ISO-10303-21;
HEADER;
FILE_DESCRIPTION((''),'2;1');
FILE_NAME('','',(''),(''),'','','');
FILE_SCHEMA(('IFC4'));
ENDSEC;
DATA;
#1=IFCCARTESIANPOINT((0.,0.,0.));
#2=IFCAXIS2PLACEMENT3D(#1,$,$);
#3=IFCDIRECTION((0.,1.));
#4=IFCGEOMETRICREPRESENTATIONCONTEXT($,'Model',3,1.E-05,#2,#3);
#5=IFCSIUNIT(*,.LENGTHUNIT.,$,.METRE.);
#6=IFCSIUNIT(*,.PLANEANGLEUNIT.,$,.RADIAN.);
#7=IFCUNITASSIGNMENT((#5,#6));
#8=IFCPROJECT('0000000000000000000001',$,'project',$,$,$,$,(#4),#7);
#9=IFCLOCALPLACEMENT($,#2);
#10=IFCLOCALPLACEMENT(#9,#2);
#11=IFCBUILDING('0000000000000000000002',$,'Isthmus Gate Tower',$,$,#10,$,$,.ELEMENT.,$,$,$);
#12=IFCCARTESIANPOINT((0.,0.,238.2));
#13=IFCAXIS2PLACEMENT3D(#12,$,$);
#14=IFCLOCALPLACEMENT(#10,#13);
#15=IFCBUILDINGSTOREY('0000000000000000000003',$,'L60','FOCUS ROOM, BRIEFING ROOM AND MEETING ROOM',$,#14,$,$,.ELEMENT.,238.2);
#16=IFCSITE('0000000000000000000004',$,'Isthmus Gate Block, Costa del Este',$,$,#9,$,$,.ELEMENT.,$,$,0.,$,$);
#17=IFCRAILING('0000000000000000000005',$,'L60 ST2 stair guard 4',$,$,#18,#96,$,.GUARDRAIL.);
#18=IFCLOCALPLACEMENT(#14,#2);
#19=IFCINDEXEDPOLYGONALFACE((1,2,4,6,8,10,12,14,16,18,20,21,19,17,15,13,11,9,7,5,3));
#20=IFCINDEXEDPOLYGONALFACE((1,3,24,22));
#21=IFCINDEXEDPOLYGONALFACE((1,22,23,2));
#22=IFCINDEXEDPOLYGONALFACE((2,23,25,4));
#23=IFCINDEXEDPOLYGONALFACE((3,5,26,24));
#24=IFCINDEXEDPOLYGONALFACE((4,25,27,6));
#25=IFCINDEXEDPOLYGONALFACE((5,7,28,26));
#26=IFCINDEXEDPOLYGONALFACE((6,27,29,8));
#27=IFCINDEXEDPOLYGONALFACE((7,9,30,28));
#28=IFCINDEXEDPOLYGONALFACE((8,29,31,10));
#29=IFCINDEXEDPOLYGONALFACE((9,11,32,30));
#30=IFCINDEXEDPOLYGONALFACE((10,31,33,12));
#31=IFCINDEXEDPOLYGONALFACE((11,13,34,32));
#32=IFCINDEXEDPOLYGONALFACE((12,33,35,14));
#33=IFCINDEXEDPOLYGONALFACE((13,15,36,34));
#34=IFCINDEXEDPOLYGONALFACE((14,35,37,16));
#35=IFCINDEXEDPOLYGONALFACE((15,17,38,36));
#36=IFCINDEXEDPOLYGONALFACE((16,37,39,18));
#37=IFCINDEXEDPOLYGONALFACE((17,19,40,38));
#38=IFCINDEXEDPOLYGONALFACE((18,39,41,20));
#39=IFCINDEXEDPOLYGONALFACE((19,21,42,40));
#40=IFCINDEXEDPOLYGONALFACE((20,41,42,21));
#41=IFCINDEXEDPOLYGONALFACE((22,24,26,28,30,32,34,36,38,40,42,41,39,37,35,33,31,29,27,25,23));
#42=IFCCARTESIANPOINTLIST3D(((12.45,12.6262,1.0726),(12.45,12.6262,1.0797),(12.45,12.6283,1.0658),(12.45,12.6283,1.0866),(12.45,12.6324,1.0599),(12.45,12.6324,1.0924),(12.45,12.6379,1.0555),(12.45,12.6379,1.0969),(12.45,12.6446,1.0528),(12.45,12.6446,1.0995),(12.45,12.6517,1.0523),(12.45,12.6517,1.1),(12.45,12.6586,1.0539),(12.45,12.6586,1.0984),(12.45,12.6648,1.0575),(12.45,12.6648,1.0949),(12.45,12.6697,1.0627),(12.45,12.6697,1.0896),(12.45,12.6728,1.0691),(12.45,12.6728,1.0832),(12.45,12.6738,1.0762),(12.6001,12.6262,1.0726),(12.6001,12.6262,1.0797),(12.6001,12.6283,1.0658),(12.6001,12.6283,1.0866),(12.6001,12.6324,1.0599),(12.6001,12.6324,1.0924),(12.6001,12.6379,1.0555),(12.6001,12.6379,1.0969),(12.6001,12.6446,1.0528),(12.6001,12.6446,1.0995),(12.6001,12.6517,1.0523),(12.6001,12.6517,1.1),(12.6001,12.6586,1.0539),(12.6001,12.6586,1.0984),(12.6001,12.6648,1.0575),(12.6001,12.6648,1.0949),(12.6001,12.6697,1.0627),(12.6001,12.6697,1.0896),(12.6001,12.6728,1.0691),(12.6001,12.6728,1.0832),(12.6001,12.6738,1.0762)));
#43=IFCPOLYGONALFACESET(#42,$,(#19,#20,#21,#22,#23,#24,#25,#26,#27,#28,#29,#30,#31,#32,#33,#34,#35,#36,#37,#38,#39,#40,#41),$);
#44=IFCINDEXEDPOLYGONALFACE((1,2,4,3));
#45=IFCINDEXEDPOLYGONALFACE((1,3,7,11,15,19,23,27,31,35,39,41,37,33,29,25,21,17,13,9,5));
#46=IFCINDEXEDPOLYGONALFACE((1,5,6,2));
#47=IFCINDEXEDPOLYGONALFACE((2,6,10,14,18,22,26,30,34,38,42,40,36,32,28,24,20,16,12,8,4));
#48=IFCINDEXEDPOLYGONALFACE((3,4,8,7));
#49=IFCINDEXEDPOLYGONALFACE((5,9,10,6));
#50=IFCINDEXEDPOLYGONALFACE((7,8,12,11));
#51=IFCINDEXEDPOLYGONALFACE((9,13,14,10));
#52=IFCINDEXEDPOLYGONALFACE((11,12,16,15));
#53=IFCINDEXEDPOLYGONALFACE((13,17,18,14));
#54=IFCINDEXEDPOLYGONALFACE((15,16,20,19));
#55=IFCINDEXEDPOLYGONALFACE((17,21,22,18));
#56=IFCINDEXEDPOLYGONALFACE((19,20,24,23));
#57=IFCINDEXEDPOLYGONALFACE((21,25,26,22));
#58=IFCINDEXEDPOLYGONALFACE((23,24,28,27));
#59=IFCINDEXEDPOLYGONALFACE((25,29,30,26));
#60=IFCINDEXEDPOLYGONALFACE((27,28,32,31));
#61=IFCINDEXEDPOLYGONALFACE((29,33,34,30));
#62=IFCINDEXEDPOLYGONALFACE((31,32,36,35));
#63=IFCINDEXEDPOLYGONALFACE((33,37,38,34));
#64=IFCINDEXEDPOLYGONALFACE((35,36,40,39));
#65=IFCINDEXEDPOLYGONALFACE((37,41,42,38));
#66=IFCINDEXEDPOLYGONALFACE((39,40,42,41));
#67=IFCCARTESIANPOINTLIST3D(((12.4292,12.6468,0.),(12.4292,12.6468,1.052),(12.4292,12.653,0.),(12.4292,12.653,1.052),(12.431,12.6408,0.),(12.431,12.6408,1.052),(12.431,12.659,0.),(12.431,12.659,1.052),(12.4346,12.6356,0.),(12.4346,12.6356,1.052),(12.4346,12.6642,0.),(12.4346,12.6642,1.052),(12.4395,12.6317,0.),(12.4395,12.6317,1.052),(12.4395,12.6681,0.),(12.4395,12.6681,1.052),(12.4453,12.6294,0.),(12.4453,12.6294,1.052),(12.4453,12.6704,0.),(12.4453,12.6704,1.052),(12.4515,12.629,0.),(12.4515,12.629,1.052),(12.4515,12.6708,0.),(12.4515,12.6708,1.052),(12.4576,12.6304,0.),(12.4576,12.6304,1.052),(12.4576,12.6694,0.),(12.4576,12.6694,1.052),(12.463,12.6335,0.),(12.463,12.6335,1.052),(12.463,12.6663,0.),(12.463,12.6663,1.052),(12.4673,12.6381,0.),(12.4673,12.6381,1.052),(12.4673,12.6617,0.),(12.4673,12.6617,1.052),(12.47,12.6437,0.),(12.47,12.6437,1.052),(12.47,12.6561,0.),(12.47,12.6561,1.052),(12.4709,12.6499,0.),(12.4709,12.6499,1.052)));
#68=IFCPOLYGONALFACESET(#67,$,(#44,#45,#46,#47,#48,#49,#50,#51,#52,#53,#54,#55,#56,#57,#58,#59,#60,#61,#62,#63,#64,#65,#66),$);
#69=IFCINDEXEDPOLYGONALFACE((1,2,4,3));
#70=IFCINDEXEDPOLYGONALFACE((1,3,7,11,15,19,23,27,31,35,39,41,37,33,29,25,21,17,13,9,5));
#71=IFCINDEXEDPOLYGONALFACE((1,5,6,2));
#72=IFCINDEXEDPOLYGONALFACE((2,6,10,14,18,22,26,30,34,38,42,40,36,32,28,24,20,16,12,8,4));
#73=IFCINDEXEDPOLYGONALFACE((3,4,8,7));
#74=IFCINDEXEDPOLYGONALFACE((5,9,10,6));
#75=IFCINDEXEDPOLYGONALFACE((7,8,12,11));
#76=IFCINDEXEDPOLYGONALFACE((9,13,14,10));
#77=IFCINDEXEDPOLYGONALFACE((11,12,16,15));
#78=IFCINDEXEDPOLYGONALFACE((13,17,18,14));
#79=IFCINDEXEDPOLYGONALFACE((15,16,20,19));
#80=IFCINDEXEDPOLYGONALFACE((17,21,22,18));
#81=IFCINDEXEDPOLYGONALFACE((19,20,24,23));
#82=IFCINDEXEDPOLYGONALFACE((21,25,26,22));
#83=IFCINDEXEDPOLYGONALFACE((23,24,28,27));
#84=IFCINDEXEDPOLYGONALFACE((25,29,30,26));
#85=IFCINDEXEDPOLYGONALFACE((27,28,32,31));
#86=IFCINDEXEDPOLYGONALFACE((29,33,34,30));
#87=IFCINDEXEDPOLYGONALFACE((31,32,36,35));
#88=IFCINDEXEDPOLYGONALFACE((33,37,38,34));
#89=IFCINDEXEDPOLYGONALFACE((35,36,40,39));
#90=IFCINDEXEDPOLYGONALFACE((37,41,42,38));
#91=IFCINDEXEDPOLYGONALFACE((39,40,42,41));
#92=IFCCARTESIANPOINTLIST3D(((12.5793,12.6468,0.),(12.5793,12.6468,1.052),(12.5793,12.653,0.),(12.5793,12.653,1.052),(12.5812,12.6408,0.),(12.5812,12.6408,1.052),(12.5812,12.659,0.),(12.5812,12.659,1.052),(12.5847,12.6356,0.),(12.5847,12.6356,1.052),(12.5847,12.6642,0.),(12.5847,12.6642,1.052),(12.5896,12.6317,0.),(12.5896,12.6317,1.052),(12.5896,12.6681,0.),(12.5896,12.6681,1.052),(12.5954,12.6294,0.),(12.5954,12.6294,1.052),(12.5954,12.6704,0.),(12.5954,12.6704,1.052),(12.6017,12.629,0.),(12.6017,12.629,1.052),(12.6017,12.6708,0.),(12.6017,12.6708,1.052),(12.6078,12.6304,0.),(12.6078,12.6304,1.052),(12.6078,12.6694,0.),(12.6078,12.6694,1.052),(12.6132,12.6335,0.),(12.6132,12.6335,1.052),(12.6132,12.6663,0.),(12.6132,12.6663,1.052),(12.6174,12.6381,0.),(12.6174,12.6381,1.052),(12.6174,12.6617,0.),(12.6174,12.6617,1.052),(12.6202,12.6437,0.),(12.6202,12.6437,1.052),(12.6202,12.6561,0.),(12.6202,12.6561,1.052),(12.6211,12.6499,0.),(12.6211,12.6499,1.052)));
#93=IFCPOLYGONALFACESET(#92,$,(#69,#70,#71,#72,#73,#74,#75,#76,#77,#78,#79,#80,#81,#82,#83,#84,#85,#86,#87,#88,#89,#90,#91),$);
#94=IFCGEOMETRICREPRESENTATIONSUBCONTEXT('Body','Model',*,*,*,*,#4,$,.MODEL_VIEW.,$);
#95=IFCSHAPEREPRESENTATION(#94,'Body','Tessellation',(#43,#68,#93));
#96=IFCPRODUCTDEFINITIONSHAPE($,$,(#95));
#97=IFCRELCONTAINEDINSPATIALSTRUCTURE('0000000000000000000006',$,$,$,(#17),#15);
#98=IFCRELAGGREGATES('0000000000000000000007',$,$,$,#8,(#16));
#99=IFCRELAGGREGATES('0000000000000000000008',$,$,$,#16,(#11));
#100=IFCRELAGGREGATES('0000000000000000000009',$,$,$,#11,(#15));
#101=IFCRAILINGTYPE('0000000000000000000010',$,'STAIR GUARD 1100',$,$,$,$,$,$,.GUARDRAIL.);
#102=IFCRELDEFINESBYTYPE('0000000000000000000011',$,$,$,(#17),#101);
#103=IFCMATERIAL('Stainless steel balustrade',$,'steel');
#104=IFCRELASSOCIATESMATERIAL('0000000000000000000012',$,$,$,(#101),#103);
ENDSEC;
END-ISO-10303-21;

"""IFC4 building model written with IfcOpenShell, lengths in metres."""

from ifc_helpers import new_model, si_unit, direction, frame, origin, origin_2d, place, context, subcontext, project, spatial, circle, extrude, material, type_object, element, save


model = new_model("IFC4")

# Units and contexts
model_context = context("Model", 3, precision=1e-05, world=origin(), true_north=direction((0.0, 1.0)))
body_context = subcontext(model_context, "Body", "Model", "MODEL_VIEW")
ifc_project = project(units=[si_unit("LENGTHUNIT", "METRE"), si_unit("PLANEANGLEUNIT", "RADIAN")], contexts=[model_context])

# Site, building, storey
site_placement = place(None, origin())
site = spatial("IfcSite", under=ifc_project, at=site_placement, Name="Isthmus Gate Block, Costa del Este", CompositionType="ELEMENT", RefElevation=0.0)
building_placement = place(site_placement, origin())
building = spatial("IfcBuilding", under=site, at=building_placement, Name="Isthmus Gate Tower", CompositionType="ELEMENT")
storey_placement = place(building_placement, frame((0.0, 0.0, 238.2)))
storey = spatial("IfcBuildingStorey", under=building, at=storey_placement, Name="L60", Description="FOCUS ROOM, BRIEFING ROOM AND MEETING ROOM", CompositionType="ELEMENT", Elevation=238.2)

# Railing
ifc_material_1 = material(Name="Stainless steel balustrade", Category="steel")
railing_type_1 = type_object("IfcRailingType", Name="STAIR GUARD 1100", PredefinedType="GUARDRAIL", material=ifc_material_1)
railing_1_placement = place(storey_placement, frame((12.45, 12.6499, 0.0)))
element("IfcRailing", 1, at=railing_1_placement, inside=storey, type_object=railing_type_1, Name="L60 ST2 stair guard 4", PredefinedType="GUARDRAIL", context=body_context, shape_type="SweptSolid", body=[
    extrude(circle(Radius=0.0239, at=origin_2d()), frame((0.0, 0.0, 1.0762), z_axis=(1.0, 0.0, 0.0), x_axis=(0.0, 1.0, 0.0)), (0.0, 0.0, 1.0), 0.1501),
    extrude(circle(Radius=0.021, at=origin_2d()), origin(), (0.0, 0.0, 1.0), 1.052),
    extrude(circle(Radius=0.021, at=origin_2d()), frame((0.1501, 0.0, 0.0)), (0.0, 0.0, 1.0), 1.052),
])

save(model, "model.ifc")
